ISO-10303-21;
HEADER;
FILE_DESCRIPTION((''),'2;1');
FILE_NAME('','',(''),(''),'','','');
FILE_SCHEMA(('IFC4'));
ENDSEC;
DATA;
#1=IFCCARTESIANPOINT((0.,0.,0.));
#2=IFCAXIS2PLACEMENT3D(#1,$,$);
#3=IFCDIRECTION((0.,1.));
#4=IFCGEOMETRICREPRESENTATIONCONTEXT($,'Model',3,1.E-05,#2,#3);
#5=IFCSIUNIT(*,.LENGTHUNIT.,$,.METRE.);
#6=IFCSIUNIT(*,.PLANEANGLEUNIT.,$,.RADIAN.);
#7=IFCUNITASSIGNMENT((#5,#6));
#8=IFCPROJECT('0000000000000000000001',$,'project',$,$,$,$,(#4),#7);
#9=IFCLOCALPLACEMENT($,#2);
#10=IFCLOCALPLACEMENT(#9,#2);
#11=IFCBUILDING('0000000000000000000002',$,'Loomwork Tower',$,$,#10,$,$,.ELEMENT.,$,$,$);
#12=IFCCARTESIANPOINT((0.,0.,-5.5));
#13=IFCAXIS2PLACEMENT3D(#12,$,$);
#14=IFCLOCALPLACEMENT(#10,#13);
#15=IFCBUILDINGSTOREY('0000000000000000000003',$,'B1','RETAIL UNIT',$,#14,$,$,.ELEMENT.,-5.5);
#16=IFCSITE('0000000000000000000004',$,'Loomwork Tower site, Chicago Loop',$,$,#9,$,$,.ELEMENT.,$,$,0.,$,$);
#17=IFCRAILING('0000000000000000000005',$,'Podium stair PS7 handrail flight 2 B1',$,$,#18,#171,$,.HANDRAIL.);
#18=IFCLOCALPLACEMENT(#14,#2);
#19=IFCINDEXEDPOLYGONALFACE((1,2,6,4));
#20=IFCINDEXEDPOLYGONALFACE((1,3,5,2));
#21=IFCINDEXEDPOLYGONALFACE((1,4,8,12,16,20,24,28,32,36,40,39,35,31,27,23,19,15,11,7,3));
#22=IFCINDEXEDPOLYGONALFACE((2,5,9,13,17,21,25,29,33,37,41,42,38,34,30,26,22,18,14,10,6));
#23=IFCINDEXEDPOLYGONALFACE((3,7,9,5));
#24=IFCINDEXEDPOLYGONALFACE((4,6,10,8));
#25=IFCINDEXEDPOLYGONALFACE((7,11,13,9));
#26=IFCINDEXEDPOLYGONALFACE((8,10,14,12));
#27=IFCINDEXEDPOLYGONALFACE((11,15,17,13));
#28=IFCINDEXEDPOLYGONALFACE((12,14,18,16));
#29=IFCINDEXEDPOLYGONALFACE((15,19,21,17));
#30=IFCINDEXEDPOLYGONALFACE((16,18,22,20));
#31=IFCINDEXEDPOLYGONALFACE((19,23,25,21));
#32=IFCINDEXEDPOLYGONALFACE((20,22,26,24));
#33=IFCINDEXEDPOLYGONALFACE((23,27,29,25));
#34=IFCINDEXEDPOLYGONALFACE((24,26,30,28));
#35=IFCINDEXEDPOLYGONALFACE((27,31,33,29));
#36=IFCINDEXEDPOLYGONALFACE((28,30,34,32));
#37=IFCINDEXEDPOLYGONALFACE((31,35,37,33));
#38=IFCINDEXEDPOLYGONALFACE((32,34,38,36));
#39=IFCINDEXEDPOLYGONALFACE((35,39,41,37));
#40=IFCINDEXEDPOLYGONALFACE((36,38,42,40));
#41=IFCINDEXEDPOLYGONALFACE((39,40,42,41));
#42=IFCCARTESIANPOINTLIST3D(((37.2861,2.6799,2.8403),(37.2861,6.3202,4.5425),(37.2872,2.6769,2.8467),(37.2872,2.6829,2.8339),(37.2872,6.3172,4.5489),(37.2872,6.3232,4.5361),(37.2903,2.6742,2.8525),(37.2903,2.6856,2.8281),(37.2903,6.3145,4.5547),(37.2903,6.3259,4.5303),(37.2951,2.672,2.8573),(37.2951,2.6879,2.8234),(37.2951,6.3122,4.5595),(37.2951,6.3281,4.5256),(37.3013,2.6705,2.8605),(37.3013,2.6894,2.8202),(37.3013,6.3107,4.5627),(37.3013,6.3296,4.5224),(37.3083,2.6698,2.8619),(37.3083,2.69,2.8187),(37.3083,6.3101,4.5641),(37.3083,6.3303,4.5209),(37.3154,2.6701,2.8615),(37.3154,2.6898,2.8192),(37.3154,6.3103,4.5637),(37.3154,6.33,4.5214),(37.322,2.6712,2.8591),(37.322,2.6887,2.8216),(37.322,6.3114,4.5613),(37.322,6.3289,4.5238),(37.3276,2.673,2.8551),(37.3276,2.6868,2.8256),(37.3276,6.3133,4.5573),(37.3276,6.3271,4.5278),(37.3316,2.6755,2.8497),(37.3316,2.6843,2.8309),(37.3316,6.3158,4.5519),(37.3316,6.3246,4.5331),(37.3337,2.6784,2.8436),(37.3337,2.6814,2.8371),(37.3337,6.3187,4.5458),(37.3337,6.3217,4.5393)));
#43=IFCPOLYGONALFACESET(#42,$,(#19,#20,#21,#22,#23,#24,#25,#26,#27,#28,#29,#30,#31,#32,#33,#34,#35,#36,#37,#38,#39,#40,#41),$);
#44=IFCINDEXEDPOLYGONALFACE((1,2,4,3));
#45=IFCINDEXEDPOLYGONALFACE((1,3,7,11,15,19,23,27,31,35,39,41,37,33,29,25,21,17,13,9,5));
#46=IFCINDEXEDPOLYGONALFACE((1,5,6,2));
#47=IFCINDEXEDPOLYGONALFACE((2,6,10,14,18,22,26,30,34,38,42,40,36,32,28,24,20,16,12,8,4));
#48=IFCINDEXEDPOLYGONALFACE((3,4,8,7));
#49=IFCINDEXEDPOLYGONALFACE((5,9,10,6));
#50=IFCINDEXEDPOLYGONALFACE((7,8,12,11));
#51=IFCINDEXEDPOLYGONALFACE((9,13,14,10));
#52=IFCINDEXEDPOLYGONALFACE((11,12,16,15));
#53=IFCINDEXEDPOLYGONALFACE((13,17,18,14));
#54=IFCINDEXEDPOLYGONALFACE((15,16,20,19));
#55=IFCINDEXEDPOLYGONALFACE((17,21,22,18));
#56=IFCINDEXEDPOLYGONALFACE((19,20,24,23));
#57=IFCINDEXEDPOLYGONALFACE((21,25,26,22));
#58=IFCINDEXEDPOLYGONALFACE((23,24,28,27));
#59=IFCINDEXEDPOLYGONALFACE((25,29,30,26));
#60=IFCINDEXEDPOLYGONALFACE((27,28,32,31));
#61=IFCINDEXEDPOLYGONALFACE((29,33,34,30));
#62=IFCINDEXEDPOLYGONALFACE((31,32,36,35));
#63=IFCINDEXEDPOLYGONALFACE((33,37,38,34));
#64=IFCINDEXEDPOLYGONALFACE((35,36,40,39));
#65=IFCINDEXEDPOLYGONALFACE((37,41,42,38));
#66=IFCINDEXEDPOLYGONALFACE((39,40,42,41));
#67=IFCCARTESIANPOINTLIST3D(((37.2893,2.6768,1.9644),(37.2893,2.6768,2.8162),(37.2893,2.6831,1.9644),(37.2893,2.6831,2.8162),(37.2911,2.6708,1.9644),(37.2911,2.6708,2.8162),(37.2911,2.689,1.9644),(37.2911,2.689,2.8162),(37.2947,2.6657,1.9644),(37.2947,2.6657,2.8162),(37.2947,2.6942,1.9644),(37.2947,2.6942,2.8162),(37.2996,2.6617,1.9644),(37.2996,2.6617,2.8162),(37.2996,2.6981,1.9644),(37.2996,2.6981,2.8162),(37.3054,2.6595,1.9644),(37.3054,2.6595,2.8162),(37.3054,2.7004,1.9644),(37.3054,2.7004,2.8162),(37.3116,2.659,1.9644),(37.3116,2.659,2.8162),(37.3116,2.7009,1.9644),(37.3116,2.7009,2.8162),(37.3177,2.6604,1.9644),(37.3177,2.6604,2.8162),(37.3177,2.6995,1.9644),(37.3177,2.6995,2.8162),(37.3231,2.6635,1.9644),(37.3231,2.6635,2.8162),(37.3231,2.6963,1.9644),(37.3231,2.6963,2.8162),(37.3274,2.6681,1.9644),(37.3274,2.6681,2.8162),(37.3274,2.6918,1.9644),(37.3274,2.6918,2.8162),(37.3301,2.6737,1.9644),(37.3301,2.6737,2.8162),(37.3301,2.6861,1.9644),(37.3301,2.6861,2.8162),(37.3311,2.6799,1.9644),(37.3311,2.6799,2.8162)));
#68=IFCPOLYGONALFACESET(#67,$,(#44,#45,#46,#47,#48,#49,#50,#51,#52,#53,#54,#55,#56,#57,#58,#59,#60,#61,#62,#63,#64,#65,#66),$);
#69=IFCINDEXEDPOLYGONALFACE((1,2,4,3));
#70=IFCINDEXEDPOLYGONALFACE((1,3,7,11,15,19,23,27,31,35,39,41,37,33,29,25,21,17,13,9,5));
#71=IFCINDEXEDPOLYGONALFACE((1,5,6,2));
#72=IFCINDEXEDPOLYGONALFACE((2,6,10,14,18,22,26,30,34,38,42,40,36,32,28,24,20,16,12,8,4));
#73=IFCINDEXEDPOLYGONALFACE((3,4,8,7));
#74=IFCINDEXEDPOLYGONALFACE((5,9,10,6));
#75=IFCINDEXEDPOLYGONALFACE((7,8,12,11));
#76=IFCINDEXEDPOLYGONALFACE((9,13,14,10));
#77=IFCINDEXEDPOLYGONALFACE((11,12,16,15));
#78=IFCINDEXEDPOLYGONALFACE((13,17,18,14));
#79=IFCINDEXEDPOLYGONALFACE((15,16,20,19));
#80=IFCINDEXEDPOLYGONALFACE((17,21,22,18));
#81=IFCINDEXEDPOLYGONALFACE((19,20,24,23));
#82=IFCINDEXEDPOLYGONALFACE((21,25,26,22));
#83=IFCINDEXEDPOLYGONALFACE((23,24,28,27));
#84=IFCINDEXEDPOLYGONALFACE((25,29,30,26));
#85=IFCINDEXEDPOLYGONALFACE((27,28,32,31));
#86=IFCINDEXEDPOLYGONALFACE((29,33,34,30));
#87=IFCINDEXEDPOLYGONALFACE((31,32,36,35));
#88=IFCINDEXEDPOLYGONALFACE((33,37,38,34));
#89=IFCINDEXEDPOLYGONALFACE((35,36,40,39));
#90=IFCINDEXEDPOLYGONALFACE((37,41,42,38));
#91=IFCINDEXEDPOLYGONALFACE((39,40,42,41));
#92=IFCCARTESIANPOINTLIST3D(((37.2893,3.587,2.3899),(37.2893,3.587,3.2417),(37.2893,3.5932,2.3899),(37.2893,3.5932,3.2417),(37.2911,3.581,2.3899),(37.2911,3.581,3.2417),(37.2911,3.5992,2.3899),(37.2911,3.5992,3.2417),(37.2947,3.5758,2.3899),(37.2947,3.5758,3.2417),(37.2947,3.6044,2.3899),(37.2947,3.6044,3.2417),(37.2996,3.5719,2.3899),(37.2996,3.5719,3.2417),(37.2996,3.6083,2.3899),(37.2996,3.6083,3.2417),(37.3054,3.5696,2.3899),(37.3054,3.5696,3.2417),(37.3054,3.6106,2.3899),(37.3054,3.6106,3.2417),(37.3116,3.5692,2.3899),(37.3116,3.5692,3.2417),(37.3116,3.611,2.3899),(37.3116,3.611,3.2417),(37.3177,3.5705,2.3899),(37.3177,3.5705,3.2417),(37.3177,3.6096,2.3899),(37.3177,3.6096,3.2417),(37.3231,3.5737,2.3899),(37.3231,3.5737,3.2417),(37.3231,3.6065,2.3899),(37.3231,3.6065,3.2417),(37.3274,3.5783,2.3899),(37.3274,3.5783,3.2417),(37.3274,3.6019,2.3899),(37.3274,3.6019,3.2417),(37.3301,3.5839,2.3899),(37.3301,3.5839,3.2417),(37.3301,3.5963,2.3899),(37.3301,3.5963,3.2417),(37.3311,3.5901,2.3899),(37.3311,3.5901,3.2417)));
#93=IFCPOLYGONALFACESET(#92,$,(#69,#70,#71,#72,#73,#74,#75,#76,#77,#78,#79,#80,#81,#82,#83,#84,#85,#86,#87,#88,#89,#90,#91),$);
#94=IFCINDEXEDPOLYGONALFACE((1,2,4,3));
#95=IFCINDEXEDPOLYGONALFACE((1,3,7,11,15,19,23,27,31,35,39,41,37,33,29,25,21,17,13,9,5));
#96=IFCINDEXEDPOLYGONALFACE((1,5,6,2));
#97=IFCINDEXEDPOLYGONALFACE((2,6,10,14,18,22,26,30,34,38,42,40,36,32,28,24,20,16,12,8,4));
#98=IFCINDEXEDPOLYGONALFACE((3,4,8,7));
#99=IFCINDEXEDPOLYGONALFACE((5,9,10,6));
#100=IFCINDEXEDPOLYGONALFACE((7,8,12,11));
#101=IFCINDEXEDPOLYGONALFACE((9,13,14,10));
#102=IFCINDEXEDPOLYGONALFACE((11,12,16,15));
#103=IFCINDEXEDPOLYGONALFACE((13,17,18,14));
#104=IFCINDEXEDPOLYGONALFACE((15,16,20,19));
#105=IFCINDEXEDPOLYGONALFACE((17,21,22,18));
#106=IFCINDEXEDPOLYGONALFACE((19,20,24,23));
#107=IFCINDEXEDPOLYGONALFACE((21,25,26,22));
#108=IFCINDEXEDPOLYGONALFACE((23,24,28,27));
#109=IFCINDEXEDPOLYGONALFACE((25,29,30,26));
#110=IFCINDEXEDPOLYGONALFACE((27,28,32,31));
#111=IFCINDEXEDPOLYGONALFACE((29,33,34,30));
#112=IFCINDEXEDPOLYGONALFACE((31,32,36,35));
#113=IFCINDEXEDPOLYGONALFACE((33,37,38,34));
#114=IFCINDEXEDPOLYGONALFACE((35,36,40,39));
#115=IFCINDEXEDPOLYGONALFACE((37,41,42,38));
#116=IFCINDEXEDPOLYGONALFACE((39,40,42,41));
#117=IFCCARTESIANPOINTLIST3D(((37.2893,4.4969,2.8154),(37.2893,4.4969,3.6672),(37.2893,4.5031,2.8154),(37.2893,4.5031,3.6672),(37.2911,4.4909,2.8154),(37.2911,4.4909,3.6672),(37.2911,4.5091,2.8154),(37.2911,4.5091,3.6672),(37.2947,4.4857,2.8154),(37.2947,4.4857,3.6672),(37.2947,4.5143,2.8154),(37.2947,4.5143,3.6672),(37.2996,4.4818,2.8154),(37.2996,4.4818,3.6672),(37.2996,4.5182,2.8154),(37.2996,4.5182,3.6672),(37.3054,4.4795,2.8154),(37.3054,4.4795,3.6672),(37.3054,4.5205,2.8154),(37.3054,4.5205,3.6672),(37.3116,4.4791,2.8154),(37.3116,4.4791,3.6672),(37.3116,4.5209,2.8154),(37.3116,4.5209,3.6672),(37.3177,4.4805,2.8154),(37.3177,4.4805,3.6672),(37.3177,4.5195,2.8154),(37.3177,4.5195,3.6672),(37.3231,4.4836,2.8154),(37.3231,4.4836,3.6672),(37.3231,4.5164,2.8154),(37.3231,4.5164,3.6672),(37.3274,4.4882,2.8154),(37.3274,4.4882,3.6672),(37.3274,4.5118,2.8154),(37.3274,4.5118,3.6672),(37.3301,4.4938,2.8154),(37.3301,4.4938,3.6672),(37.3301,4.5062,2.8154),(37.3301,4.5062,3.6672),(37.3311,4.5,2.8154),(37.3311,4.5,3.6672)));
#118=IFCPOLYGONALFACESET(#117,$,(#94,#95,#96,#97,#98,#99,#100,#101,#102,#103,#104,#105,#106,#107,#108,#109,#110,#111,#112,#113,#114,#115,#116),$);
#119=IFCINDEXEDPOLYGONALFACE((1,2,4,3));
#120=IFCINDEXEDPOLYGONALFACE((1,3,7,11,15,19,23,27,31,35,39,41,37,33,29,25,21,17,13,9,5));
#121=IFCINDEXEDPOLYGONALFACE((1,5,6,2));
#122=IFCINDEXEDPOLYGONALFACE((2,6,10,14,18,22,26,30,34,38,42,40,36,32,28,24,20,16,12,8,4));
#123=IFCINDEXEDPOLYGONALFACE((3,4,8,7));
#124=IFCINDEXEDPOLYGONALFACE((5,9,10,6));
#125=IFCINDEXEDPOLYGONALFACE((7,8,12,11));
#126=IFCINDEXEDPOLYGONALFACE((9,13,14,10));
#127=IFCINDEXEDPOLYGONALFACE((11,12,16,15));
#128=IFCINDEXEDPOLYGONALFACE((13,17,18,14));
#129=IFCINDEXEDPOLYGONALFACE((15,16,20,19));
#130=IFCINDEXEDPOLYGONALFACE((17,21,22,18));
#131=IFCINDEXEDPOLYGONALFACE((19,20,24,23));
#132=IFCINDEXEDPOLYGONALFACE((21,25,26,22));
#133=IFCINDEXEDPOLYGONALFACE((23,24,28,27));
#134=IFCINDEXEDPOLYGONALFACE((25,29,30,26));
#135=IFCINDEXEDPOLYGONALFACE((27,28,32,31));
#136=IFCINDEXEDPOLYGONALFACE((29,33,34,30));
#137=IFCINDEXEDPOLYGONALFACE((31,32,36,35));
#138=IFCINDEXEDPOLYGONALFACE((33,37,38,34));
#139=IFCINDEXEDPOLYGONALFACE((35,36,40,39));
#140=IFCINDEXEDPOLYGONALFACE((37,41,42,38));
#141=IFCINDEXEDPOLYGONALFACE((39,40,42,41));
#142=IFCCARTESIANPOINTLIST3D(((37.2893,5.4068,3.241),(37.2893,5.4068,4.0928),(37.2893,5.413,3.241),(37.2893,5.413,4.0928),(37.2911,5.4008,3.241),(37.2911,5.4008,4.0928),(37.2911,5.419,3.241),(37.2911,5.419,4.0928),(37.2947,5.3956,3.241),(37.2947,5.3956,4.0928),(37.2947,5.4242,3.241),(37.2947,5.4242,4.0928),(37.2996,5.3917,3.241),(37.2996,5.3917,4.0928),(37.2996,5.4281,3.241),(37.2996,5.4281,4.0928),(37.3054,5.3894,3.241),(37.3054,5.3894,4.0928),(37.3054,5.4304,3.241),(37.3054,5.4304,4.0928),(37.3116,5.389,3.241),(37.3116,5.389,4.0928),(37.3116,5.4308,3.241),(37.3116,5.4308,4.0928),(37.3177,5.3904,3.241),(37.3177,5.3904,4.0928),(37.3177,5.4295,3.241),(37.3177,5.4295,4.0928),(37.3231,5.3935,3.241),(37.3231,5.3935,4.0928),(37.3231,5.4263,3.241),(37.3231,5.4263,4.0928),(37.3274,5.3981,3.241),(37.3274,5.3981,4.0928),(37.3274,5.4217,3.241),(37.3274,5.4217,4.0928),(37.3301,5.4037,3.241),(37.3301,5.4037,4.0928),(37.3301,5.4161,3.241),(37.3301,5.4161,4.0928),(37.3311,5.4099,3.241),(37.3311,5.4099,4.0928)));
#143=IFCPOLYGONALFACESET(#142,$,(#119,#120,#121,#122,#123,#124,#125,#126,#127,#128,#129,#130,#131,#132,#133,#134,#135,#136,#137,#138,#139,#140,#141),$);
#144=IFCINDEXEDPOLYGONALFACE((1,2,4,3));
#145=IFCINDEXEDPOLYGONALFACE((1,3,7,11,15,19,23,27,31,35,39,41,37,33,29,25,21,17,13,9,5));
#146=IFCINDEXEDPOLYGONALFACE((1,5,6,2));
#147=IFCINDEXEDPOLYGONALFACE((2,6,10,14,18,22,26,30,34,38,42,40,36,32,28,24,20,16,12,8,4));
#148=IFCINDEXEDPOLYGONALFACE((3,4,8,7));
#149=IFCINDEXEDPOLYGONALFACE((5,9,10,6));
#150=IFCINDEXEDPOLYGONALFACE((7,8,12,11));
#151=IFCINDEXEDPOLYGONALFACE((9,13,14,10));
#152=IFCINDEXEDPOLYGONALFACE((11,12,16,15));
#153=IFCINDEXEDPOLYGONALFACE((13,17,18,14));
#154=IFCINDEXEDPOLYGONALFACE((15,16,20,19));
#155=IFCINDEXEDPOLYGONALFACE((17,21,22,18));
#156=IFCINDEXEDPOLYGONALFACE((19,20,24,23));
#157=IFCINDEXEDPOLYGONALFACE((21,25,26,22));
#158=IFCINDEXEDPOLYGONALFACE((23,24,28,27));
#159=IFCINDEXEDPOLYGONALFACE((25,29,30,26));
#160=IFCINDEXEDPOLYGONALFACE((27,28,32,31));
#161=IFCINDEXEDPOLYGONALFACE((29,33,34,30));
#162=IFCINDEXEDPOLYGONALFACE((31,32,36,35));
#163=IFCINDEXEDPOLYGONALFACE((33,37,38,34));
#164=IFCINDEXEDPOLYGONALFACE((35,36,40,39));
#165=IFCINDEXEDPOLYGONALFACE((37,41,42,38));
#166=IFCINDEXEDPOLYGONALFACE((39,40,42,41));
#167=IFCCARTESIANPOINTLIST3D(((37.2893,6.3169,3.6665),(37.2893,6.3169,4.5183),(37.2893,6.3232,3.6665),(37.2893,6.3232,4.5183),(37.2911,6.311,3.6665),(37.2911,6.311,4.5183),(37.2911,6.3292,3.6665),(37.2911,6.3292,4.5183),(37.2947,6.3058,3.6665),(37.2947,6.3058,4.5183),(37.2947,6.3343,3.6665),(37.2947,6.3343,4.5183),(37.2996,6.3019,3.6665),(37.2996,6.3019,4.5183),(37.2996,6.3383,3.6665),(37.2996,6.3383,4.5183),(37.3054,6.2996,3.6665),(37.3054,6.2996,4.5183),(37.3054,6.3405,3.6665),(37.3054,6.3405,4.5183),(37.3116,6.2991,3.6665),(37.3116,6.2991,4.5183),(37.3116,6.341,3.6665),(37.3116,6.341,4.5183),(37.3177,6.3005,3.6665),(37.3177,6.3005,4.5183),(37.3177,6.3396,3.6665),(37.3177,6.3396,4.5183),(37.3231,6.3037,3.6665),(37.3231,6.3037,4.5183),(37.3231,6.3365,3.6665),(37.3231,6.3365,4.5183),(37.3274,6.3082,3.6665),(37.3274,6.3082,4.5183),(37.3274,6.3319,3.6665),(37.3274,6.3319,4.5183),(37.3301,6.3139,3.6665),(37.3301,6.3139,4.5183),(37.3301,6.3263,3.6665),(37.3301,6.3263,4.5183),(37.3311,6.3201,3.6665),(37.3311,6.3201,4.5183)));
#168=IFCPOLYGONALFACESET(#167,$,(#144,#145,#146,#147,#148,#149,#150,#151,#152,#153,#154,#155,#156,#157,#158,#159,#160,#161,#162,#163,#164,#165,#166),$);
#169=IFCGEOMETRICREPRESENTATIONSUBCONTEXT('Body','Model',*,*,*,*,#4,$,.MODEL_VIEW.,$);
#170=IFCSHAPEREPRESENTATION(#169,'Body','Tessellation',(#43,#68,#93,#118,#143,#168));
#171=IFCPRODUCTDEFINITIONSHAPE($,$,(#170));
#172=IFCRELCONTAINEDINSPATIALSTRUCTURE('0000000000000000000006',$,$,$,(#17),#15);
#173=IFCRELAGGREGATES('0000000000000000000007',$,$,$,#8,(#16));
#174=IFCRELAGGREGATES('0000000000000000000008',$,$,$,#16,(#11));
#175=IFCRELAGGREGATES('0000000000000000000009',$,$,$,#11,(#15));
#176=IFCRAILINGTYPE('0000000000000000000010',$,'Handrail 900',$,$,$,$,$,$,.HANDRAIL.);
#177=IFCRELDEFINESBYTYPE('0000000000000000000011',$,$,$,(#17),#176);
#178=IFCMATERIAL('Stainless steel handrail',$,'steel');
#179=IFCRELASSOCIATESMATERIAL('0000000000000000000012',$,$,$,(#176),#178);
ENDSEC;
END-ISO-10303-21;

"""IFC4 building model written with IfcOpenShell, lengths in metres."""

from ifc_helpers import new_model, si_unit, direction, frame, origin, origin_2d, place, context, subcontext, project, spatial, circle, extrude, material, type_object, element, save


model = new_model("IFC4")

# Units and contexts
model_context = context("Model", 3, precision=1e-05, world=origin(), true_north=direction((0.0, 1.0)))
body_context = subcontext(model_context, "Body", "Model", "MODEL_VIEW")
ifc_project = project(units=[si_unit("LENGTHUNIT", "METRE"), si_unit("PLANEANGLEUNIT", "RADIAN")], contexts=[model_context])

# Site, building, storey
site_placement = place(None, origin())
site = spatial("IfcSite", under=ifc_project, at=site_placement, Name="Loomwork Tower site, Chicago Loop", CompositionType="ELEMENT", RefElevation=0.0)
building_placement = place(site_placement, origin())
building = spatial("IfcBuilding", under=site, at=building_placement, Name="Loomwork Tower", CompositionType="ELEMENT")
storey_placement = place(building_placement, frame((0.0, 0.0, -5.5)))
storey = spatial("IfcBuildingStorey", under=building, at=storey_placement, Name="B1", Description="RETAIL UNIT", CompositionType="ELEMENT", Elevation=-5.5)

# Railing
ifc_material_1 = material(Name="Stainless steel handrail", Category="steel")
railing_type = type_object("IfcRailingType", Name="Handrail 900", PredefinedType="HANDRAIL", material=ifc_material_1)
railing_1_placement = place(storey_placement, frame((37.3101, 2.6799, 1.9644)))
element("IfcRailing", 1, at=railing_1_placement, inside=storey, type_object=railing_type, Name="Podium stair PS7 handrail flight 2 B1", PredefinedType="HANDRAIL", context=body_context, shape_type="SweptSolid", body=[
    extrude(circle(Radius=0.0239, at=origin_2d()), frame((0.0, 0.0, 0.876), z_axis=(0.0, 0.905857, 0.423584), x_axis=(-1.0, 0.0, 0.0)), (0.0, 0.0, 1.0), 4.0186),
    extrude(circle(Radius=0.021, at=origin_2d()), origin(), (0.0, 0.0, 1.0), 0.8518),
    extrude(circle(Radius=0.021, at=origin_2d()), frame((0.0, 0.9102, 0.4255)), (0.0, 0.0, 1.0), 0.8518),
    extrude(circle(Radius=0.021, at=origin_2d()), frame((0.0, 1.8201, 0.8511)), (0.0, 0.0, 1.0), 0.8518),
    extrude(circle(Radius=0.021, at=origin_2d()), frame((0.0, 2.73, 1.2766)), (0.0, 0.0, 1.0), 0.8518),
    extrude(circle(Radius=0.021, at=origin_2d()), frame((0.0, 3.6401, 1.7021)), (0.0, 0.0, 1.0), 0.8518),
])

save(model, "model.ifc")
